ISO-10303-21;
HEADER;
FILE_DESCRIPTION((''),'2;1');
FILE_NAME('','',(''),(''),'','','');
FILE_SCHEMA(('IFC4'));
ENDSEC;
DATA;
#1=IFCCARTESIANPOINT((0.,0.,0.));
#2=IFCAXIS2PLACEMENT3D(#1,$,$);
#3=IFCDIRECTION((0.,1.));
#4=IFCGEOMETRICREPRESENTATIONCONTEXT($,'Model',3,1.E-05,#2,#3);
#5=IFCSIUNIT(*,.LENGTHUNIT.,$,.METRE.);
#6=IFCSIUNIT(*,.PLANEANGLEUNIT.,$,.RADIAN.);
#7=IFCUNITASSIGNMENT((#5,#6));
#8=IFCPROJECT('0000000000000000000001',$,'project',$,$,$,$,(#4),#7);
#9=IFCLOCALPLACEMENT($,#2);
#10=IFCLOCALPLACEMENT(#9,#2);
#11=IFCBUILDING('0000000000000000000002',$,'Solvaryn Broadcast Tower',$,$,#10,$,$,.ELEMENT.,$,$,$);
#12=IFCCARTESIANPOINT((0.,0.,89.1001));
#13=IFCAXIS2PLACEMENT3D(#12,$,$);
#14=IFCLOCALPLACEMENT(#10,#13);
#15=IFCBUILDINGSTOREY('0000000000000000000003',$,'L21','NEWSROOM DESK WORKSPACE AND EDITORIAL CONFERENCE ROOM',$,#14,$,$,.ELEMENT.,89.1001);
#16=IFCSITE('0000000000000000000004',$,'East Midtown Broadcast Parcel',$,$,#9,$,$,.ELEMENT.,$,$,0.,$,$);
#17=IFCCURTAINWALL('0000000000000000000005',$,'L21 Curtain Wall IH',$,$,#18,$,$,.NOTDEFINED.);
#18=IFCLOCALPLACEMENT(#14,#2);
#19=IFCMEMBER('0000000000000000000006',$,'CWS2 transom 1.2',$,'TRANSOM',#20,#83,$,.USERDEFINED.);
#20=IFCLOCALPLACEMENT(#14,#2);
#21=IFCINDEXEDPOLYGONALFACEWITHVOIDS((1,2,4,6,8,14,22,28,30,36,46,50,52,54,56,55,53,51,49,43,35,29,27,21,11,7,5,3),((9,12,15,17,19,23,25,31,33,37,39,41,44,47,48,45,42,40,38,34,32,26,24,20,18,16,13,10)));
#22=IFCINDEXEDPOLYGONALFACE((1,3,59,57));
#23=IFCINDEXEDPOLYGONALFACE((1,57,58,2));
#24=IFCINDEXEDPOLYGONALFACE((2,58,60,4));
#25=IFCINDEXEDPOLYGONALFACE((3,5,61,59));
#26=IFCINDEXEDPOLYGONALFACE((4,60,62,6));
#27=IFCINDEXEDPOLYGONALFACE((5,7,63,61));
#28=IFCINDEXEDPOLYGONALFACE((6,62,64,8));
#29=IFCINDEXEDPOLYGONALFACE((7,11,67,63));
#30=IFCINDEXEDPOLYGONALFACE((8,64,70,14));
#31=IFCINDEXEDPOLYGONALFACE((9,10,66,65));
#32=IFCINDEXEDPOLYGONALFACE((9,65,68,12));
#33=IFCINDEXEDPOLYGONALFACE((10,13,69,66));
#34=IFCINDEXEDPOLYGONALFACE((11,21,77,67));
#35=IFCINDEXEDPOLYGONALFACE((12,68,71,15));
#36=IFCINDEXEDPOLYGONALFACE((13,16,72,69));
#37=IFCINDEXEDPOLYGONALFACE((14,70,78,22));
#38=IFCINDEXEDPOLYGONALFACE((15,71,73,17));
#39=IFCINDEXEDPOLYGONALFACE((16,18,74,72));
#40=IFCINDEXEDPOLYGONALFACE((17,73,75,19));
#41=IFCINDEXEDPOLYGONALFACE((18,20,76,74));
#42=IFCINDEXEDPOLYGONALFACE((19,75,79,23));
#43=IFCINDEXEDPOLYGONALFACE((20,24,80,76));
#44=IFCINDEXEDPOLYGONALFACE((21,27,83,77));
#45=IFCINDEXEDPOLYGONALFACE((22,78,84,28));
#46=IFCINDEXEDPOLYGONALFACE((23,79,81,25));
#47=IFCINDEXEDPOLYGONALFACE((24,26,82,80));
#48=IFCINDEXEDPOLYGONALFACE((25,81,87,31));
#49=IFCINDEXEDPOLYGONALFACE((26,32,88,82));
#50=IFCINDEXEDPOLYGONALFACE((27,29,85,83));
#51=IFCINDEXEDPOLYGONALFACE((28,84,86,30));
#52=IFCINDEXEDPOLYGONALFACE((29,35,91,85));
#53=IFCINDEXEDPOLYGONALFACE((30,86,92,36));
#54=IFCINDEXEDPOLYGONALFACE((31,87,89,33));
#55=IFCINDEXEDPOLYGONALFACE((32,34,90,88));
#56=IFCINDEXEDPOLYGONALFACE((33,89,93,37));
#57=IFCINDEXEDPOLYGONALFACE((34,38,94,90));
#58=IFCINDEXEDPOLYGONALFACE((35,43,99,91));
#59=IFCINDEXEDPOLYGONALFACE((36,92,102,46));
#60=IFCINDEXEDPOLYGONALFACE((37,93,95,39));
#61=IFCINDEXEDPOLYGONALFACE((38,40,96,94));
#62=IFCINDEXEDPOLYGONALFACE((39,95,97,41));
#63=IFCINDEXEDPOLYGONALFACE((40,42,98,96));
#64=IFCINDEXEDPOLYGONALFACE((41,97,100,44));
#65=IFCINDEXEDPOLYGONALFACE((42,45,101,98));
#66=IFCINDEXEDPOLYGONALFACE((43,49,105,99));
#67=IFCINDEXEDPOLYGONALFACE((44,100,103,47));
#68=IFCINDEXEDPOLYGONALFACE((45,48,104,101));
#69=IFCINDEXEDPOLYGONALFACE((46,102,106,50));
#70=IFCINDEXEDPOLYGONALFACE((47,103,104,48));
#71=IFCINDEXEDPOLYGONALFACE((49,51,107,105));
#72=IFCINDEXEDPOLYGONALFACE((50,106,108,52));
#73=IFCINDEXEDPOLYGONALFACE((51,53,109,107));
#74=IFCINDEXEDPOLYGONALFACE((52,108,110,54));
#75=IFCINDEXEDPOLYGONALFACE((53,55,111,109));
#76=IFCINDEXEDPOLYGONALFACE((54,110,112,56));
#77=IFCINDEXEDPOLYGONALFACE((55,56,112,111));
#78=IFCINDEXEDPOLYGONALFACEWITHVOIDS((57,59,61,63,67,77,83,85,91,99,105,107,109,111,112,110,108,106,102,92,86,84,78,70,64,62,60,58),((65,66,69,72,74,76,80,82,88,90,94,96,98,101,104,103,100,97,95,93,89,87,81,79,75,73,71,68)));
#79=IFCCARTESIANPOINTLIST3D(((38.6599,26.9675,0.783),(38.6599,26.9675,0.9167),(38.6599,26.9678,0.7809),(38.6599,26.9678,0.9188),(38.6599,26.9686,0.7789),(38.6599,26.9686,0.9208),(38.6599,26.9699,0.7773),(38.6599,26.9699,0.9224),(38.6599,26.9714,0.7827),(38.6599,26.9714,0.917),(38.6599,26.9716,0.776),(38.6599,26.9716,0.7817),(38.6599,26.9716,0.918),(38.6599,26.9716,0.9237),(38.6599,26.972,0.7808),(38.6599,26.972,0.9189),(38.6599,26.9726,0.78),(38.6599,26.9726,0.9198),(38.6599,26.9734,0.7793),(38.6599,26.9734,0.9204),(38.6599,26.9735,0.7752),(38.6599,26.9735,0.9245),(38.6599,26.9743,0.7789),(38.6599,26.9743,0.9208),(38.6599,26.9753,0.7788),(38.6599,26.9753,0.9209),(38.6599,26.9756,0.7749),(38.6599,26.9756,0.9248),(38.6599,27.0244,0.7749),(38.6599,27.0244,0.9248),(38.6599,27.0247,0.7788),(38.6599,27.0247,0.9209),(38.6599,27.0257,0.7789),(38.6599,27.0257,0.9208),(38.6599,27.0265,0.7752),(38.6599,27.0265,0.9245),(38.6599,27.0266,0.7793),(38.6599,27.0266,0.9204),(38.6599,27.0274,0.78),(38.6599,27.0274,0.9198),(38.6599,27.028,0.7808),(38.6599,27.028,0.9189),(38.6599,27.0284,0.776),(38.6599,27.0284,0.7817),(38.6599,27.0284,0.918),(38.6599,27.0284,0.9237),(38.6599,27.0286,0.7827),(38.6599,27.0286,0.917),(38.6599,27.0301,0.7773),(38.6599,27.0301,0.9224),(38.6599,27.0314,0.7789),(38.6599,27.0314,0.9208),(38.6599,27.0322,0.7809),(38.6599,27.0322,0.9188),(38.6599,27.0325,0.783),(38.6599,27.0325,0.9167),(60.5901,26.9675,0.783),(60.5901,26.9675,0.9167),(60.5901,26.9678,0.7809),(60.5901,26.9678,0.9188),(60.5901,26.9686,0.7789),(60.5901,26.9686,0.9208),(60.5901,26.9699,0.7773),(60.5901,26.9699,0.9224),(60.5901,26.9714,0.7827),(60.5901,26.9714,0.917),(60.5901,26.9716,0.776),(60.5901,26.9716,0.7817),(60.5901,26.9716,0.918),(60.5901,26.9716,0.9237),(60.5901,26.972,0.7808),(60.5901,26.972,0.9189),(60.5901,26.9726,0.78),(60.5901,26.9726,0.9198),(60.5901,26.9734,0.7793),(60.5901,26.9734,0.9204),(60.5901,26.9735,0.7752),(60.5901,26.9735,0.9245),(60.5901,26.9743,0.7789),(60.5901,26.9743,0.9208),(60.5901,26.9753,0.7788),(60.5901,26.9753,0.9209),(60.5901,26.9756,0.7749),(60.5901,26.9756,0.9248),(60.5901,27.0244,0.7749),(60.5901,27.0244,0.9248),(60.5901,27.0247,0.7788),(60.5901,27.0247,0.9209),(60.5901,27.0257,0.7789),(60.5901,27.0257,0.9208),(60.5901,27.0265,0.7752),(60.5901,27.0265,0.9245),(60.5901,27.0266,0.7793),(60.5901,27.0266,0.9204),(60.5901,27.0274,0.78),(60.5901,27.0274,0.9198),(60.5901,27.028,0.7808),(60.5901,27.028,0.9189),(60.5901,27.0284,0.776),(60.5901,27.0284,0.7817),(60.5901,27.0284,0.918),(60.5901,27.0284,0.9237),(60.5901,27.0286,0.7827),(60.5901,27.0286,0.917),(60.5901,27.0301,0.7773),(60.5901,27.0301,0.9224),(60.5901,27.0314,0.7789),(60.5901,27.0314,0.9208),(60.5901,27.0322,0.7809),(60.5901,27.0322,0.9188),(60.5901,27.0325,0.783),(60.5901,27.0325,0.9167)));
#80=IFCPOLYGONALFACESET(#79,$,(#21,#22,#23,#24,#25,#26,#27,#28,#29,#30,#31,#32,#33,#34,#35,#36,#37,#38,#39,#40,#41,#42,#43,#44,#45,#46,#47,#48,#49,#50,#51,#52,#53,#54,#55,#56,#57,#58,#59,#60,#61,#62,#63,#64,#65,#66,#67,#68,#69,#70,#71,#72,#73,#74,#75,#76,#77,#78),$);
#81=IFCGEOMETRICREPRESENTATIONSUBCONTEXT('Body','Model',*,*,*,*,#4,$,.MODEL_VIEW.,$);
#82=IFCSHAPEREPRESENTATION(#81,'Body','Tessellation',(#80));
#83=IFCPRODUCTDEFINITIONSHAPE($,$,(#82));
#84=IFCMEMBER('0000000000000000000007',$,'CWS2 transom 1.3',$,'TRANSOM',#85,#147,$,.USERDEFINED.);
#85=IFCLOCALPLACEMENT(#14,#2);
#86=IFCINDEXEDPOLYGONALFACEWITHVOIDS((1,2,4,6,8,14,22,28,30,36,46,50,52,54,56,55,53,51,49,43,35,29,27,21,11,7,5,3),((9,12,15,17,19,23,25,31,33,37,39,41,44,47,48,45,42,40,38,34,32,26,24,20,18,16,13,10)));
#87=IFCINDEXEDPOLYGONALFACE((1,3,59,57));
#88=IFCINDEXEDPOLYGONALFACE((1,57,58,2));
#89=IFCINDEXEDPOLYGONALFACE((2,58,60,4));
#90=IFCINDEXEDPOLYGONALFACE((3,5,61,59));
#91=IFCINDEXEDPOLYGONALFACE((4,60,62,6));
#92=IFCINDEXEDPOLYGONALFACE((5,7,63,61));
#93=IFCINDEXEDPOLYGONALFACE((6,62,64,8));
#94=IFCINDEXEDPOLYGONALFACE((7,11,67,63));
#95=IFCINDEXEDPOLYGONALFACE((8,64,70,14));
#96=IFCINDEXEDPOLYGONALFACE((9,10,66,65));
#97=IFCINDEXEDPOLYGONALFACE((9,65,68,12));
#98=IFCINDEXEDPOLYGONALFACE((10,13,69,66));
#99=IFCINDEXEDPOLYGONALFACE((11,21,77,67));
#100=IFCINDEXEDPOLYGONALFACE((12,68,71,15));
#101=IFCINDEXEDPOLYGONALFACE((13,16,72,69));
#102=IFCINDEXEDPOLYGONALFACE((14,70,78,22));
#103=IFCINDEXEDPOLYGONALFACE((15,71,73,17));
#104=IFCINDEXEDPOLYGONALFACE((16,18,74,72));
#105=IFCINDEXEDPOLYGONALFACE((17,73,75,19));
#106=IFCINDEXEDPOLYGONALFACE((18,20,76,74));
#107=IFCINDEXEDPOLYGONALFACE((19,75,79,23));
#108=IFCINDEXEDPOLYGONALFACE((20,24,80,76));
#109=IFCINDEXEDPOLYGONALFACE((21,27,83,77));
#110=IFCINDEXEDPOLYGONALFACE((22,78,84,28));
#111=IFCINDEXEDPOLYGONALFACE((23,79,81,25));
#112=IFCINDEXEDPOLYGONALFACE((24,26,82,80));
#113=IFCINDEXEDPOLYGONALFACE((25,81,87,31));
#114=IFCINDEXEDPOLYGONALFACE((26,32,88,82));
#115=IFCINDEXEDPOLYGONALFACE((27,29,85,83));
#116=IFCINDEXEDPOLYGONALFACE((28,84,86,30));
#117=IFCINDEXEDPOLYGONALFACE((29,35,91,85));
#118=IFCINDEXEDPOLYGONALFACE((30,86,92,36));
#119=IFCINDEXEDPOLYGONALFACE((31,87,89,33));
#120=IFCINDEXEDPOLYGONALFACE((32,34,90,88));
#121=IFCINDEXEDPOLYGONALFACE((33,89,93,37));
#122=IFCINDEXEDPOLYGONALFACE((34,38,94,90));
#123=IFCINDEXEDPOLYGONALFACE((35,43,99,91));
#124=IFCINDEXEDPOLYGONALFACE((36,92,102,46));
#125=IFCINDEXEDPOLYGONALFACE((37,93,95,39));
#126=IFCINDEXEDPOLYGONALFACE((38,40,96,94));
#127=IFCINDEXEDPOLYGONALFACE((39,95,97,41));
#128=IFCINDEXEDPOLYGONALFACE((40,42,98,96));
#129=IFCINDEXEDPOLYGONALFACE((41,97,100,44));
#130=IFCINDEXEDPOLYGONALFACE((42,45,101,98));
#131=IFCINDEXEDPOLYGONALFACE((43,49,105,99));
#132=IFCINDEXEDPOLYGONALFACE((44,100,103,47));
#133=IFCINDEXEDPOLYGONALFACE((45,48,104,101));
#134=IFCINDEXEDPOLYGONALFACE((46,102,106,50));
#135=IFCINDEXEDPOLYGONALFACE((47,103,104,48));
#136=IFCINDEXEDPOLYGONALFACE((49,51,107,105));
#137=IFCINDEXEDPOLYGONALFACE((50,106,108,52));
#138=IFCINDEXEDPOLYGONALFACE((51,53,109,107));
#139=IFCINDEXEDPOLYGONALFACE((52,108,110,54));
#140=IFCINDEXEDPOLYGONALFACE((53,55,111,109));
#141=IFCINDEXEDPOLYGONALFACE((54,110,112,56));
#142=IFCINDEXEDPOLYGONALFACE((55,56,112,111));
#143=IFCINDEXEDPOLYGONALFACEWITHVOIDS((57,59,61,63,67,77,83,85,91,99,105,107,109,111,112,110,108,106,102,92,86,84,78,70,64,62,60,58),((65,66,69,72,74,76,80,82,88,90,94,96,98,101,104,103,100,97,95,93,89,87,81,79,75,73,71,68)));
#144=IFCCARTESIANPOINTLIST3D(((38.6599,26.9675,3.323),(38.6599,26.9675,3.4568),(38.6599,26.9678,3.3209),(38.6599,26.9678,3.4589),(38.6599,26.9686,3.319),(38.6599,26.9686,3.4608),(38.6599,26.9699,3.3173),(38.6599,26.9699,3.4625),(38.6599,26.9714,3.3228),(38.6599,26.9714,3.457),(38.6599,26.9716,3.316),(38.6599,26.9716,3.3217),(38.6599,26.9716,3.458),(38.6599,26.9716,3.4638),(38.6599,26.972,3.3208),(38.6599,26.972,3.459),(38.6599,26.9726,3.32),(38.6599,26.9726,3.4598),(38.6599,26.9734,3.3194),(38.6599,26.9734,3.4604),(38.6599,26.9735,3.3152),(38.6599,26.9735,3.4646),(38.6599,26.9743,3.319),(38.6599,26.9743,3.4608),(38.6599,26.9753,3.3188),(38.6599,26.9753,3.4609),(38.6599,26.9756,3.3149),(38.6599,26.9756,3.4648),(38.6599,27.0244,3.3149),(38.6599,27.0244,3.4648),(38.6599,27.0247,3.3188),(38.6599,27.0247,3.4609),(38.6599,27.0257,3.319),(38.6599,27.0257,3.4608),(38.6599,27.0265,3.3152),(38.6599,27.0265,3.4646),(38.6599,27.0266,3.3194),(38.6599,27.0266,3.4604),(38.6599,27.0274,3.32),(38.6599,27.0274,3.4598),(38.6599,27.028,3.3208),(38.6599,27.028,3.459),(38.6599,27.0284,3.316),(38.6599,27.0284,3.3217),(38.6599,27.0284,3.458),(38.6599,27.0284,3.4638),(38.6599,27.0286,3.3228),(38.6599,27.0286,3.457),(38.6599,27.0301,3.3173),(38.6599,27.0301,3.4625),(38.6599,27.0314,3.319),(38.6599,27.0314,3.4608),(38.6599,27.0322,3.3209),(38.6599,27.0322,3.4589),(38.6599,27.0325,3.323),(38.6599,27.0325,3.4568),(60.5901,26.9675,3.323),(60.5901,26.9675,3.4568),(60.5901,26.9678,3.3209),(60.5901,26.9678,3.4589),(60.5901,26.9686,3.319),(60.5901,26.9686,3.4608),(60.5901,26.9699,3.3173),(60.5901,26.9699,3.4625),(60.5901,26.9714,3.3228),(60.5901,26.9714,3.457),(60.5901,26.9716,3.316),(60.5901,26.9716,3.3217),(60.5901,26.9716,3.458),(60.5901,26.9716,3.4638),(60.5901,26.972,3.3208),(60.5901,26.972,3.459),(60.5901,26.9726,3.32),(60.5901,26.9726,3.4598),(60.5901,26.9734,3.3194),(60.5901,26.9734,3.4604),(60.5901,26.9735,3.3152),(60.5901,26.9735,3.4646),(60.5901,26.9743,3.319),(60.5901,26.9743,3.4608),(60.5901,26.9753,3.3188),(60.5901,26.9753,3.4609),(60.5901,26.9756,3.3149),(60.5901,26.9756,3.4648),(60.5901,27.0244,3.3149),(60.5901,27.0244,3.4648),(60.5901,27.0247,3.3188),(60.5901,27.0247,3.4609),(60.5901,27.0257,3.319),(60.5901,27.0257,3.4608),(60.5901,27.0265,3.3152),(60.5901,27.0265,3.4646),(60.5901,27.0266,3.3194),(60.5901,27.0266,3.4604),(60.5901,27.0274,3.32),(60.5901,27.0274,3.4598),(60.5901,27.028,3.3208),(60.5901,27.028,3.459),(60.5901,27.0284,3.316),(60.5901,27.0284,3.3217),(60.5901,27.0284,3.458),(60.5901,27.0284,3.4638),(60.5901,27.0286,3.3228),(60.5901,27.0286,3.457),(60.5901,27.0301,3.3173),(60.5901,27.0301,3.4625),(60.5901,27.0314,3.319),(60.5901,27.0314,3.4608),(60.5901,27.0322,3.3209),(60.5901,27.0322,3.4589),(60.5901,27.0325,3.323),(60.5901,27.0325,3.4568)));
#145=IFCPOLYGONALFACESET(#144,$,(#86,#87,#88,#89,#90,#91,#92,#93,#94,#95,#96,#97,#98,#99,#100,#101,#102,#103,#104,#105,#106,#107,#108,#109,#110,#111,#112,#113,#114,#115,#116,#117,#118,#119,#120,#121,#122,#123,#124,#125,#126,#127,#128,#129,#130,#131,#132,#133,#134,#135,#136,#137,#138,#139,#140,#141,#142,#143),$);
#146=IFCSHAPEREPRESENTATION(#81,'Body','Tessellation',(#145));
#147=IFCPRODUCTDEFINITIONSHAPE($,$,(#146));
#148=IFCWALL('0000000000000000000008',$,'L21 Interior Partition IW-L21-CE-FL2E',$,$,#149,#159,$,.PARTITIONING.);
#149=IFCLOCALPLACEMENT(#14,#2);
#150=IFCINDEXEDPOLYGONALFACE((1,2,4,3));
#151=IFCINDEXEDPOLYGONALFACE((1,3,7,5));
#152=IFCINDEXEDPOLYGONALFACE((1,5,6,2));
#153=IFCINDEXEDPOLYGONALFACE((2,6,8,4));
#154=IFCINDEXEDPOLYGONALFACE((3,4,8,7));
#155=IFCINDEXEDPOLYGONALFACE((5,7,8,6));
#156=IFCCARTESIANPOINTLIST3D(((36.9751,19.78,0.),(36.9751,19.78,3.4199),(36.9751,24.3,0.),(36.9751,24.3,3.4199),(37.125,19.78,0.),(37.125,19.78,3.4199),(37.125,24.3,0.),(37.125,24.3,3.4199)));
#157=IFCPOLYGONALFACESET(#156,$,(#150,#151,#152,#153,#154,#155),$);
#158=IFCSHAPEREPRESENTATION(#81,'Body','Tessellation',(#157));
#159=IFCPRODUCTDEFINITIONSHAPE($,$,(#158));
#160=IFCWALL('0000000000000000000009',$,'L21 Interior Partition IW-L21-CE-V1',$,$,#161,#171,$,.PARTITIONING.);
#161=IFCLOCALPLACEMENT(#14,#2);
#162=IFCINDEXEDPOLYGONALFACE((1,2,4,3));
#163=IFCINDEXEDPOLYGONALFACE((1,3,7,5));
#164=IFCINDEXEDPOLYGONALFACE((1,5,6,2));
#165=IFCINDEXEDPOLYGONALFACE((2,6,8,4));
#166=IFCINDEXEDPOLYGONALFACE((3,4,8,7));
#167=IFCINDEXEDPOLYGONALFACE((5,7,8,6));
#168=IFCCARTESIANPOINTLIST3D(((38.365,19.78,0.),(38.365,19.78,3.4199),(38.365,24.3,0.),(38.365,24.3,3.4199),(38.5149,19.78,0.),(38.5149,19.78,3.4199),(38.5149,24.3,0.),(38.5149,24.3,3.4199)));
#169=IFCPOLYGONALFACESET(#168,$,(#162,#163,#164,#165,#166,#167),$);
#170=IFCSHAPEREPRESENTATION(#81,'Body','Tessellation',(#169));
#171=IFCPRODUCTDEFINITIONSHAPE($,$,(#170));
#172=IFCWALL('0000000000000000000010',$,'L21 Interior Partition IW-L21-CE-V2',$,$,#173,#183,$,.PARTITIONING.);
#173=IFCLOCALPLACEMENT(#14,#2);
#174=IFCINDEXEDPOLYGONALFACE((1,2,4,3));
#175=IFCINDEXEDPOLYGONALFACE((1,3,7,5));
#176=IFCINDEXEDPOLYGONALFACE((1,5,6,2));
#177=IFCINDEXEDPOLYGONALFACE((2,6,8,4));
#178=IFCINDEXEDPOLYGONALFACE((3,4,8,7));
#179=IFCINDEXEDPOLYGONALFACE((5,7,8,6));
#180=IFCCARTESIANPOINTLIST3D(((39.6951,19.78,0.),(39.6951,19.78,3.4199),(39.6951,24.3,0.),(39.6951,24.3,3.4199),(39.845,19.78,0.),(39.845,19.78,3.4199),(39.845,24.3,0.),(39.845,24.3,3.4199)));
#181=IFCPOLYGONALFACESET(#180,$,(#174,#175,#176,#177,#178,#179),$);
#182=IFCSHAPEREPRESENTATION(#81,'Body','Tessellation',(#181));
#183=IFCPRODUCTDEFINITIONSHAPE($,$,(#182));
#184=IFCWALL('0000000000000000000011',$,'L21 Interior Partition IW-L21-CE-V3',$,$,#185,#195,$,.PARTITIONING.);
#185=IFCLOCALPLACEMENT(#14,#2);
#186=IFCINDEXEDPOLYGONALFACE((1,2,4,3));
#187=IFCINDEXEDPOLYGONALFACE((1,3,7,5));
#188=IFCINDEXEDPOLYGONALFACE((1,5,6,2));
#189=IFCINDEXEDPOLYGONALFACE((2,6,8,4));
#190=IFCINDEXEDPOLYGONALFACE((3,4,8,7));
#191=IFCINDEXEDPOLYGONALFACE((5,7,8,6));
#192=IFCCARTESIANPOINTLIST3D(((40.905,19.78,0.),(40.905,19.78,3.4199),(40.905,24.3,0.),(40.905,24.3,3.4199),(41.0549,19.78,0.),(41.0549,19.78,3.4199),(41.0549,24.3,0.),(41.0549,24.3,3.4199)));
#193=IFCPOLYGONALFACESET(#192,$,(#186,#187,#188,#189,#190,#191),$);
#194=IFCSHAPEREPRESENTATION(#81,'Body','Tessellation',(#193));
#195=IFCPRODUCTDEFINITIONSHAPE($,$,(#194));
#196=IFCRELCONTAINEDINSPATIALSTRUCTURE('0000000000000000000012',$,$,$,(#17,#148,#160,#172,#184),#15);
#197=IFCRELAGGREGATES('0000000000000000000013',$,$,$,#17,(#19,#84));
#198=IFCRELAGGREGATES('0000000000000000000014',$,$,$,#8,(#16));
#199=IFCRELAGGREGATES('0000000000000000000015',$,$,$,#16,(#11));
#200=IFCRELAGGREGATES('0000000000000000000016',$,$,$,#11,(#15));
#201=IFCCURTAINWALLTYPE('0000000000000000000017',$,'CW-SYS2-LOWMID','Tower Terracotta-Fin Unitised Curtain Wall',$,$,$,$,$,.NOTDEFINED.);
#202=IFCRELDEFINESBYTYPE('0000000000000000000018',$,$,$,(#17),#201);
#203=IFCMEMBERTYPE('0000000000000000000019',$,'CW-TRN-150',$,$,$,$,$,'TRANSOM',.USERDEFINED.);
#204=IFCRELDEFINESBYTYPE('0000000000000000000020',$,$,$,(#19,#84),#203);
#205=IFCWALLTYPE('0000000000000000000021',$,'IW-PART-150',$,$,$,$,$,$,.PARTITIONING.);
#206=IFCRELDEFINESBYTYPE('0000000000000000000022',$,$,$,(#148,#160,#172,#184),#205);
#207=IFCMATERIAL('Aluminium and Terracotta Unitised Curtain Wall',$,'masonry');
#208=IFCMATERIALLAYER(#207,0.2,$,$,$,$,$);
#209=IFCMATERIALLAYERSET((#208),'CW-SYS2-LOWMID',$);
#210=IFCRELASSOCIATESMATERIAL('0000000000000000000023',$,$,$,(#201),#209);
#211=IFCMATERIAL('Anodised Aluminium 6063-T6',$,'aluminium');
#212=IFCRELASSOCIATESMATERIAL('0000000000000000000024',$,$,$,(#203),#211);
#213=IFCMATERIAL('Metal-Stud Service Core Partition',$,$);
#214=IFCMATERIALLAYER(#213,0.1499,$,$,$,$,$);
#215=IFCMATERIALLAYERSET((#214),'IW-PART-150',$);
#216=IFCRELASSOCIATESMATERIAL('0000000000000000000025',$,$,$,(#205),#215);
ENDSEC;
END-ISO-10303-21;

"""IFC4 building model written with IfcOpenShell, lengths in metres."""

from ifc_helpers import new_model, si_unit, direction, frame, frame_2d, origin, origin_2d, place, context, subcontext, project, spatial, rectangle, hollow_rectangle, extrude, material, layer, layer_set, material_profile, profile_set, type_object, element, aggregate, save


model = new_model("IFC4")

# Units and contexts
model_context = context("Model", 3, precision=1e-05, world=origin(), true_north=direction((0.0, 1.0)))
body_context = subcontext(model_context, "Body", "Model", "MODEL_VIEW")
ifc_project = project(units=[si_unit("LENGTHUNIT", "METRE"), si_unit("PLANEANGLEUNIT", "RADIAN")], contexts=[model_context])

# Site, building, storey
site_placement = place(None, origin())
site = spatial("IfcSite", under=ifc_project, at=site_placement, Name="East Midtown Broadcast Parcel", CompositionType="ELEMENT", RefElevation=0.0)
building_placement = place(site_placement, origin())
building = spatial("IfcBuilding", under=site, at=building_placement, Name="Solvaryn Broadcast Tower", CompositionType="ELEMENT")
storey_placement = place(building_placement, frame((0.0, 0.0, 89.1001)))
storey = spatial("IfcBuildingStorey", under=building, at=storey_placement, Name="L21", Description="NEWSROOM DESK WORKSPACE AND EDITORIAL CONFERENCE ROOM", CompositionType="ELEMENT", Elevation=89.1001)

# Curtain wall
ifc_material_1 = material(Name="Aluminium and Terracotta Unitised Curtain Wall", Category="masonry")
ifc_layer_1 = layer(ifc_material_1, 0.2)
ifc_layer_set_1 = layer_set([ifc_layer_1], Name="CW-SYS2-LOWMID")
curtain_wall_type = type_object("IfcCurtainWallType", Name="CW-SYS2-LOWMID", Description="Tower Terracotta-Fin Unitised Curtain Wall", PredefinedType="NOTDEFINED", material=ifc_layer_set_1)
curtain_wall_1_placement = place(storey_placement, origin())
curtain_wall_1 = element("IfcCurtainWall", 1, at=curtain_wall_1_placement, inside=storey, type_object=curtain_wall_type, Name="L21 Curtain Wall IH", PredefinedType="NOTDEFINED")

# Members
ifc_material_2 = material(Name="Anodised Aluminium 6063-T6", Category="aluminium")
ifc_material_profile_1 = material_profile(ifc_material_2, hollow_rectangle(XDim=0.0649, YDim=0.1499, WallThickness=0.0039, InnerFilletRadius=0.0039, OuterFilletRadius=0.0081, at=origin_2d()))
ifc_profile_set_1 = profile_set([ifc_material_profile_1], Name="Anodised Aluminium 6063-T6")
member_type_1 = type_object("IfcMemberType", Name="CW-TRN-150", ElementType="TRANSOM", PredefinedType="USERDEFINED", material=ifc_profile_set_1)
member_1_placement = place(storey_placement, frame((38.6599, 27.0, 0.8499), z_axis=(1.0, 0.0, 0.0), x_axis=(0.0, 1.0, 0.0)))
member_1 = element("IfcMember", 2, at=member_1_placement, type_object=member_type_1, Name="CWS2 transom 1.2", ObjectType="TRANSOM", PredefinedType="USERDEFINED", context=body_context, shape_type="SweptSolid", body=[
    extrude(hollow_rectangle(XDim=0.0649, YDim=0.1499, WallThickness=0.0039, InnerFilletRadius=0.0039, OuterFilletRadius=0.0081, at=origin_2d()), origin(), (0.0, 0.0, 1.0), 21.9302),
])
member_2_placement = place(storey_placement, frame((38.6599, 27.0, 3.3899), z_axis=(1.0, 0.0, 0.0), x_axis=(0.0, 1.0, 0.0)))
member_2 = element("IfcMember", 3, at=member_2_placement, type_object=member_type_1, Name="CWS2 transom 1.3", ObjectType="TRANSOM", PredefinedType="USERDEFINED", context=body_context, shape_type="SweptSolid", body=[
    extrude(hollow_rectangle(XDim=0.0649, YDim=0.1499, WallThickness=0.0039, InnerFilletRadius=0.0039, OuterFilletRadius=0.0081, at=origin_2d()), origin(), (0.0, 0.0, 1.0), 21.9302),
])
aggregate(curtain_wall_1, [member_1, member_2])

# Walls
ifc_material_3 = material(Name="Metal-Stud Service Core Partition")
ifc_layer_2 = layer(ifc_material_3, 0.1499)
ifc_layer_set_2 = layer_set([ifc_layer_2], Name="IW-PART-150")
wall_type_1 = type_object("IfcWallType", Name="IW-PART-150", PredefinedType="PARTITIONING", material=ifc_layer_set_2)
for number, where, z_axis, x_axis, name in (
    (4, (37.05, 19.78, 0.0), (0.0, 0.0, 1.0), (0.0, 1.0, 0.0), "L21 Interior Partition IW-L21-CE-FL2E"),
    (5, (38.4399, 19.78, 0.0), (0.0, 0.0, 1.0), (0.0, 1.0, 0.0), "L21 Interior Partition IW-L21-CE-V1"),
    (6, (39.77, 19.78, 0.0), (0.0, 0.0, 1.0), (0.0, 1.0, 0.0), "L21 Interior Partition IW-L21-CE-V2"),
    (7, (40.98, 19.78, 0.0), (0.0, 0.0, 1.0), (0.0, 1.0, 0.0), "L21 Interior Partition IW-L21-CE-V3"),
):
    element("IfcWall", number, at=place(storey_placement, frame(where, z_axis=z_axis, x_axis=x_axis)), inside=storey, type_object=wall_type_1, Name=name, PredefinedType="PARTITIONING", context=body_context, shape_type="SweptSolid", body=[
        extrude(rectangle(XDim=4.52, YDim=0.1499, at=frame_2d((2.26, 0.0))), origin(), (0.0, 0.0, 1.0), 3.4199),
    ])

save(model, "model.ifc")
